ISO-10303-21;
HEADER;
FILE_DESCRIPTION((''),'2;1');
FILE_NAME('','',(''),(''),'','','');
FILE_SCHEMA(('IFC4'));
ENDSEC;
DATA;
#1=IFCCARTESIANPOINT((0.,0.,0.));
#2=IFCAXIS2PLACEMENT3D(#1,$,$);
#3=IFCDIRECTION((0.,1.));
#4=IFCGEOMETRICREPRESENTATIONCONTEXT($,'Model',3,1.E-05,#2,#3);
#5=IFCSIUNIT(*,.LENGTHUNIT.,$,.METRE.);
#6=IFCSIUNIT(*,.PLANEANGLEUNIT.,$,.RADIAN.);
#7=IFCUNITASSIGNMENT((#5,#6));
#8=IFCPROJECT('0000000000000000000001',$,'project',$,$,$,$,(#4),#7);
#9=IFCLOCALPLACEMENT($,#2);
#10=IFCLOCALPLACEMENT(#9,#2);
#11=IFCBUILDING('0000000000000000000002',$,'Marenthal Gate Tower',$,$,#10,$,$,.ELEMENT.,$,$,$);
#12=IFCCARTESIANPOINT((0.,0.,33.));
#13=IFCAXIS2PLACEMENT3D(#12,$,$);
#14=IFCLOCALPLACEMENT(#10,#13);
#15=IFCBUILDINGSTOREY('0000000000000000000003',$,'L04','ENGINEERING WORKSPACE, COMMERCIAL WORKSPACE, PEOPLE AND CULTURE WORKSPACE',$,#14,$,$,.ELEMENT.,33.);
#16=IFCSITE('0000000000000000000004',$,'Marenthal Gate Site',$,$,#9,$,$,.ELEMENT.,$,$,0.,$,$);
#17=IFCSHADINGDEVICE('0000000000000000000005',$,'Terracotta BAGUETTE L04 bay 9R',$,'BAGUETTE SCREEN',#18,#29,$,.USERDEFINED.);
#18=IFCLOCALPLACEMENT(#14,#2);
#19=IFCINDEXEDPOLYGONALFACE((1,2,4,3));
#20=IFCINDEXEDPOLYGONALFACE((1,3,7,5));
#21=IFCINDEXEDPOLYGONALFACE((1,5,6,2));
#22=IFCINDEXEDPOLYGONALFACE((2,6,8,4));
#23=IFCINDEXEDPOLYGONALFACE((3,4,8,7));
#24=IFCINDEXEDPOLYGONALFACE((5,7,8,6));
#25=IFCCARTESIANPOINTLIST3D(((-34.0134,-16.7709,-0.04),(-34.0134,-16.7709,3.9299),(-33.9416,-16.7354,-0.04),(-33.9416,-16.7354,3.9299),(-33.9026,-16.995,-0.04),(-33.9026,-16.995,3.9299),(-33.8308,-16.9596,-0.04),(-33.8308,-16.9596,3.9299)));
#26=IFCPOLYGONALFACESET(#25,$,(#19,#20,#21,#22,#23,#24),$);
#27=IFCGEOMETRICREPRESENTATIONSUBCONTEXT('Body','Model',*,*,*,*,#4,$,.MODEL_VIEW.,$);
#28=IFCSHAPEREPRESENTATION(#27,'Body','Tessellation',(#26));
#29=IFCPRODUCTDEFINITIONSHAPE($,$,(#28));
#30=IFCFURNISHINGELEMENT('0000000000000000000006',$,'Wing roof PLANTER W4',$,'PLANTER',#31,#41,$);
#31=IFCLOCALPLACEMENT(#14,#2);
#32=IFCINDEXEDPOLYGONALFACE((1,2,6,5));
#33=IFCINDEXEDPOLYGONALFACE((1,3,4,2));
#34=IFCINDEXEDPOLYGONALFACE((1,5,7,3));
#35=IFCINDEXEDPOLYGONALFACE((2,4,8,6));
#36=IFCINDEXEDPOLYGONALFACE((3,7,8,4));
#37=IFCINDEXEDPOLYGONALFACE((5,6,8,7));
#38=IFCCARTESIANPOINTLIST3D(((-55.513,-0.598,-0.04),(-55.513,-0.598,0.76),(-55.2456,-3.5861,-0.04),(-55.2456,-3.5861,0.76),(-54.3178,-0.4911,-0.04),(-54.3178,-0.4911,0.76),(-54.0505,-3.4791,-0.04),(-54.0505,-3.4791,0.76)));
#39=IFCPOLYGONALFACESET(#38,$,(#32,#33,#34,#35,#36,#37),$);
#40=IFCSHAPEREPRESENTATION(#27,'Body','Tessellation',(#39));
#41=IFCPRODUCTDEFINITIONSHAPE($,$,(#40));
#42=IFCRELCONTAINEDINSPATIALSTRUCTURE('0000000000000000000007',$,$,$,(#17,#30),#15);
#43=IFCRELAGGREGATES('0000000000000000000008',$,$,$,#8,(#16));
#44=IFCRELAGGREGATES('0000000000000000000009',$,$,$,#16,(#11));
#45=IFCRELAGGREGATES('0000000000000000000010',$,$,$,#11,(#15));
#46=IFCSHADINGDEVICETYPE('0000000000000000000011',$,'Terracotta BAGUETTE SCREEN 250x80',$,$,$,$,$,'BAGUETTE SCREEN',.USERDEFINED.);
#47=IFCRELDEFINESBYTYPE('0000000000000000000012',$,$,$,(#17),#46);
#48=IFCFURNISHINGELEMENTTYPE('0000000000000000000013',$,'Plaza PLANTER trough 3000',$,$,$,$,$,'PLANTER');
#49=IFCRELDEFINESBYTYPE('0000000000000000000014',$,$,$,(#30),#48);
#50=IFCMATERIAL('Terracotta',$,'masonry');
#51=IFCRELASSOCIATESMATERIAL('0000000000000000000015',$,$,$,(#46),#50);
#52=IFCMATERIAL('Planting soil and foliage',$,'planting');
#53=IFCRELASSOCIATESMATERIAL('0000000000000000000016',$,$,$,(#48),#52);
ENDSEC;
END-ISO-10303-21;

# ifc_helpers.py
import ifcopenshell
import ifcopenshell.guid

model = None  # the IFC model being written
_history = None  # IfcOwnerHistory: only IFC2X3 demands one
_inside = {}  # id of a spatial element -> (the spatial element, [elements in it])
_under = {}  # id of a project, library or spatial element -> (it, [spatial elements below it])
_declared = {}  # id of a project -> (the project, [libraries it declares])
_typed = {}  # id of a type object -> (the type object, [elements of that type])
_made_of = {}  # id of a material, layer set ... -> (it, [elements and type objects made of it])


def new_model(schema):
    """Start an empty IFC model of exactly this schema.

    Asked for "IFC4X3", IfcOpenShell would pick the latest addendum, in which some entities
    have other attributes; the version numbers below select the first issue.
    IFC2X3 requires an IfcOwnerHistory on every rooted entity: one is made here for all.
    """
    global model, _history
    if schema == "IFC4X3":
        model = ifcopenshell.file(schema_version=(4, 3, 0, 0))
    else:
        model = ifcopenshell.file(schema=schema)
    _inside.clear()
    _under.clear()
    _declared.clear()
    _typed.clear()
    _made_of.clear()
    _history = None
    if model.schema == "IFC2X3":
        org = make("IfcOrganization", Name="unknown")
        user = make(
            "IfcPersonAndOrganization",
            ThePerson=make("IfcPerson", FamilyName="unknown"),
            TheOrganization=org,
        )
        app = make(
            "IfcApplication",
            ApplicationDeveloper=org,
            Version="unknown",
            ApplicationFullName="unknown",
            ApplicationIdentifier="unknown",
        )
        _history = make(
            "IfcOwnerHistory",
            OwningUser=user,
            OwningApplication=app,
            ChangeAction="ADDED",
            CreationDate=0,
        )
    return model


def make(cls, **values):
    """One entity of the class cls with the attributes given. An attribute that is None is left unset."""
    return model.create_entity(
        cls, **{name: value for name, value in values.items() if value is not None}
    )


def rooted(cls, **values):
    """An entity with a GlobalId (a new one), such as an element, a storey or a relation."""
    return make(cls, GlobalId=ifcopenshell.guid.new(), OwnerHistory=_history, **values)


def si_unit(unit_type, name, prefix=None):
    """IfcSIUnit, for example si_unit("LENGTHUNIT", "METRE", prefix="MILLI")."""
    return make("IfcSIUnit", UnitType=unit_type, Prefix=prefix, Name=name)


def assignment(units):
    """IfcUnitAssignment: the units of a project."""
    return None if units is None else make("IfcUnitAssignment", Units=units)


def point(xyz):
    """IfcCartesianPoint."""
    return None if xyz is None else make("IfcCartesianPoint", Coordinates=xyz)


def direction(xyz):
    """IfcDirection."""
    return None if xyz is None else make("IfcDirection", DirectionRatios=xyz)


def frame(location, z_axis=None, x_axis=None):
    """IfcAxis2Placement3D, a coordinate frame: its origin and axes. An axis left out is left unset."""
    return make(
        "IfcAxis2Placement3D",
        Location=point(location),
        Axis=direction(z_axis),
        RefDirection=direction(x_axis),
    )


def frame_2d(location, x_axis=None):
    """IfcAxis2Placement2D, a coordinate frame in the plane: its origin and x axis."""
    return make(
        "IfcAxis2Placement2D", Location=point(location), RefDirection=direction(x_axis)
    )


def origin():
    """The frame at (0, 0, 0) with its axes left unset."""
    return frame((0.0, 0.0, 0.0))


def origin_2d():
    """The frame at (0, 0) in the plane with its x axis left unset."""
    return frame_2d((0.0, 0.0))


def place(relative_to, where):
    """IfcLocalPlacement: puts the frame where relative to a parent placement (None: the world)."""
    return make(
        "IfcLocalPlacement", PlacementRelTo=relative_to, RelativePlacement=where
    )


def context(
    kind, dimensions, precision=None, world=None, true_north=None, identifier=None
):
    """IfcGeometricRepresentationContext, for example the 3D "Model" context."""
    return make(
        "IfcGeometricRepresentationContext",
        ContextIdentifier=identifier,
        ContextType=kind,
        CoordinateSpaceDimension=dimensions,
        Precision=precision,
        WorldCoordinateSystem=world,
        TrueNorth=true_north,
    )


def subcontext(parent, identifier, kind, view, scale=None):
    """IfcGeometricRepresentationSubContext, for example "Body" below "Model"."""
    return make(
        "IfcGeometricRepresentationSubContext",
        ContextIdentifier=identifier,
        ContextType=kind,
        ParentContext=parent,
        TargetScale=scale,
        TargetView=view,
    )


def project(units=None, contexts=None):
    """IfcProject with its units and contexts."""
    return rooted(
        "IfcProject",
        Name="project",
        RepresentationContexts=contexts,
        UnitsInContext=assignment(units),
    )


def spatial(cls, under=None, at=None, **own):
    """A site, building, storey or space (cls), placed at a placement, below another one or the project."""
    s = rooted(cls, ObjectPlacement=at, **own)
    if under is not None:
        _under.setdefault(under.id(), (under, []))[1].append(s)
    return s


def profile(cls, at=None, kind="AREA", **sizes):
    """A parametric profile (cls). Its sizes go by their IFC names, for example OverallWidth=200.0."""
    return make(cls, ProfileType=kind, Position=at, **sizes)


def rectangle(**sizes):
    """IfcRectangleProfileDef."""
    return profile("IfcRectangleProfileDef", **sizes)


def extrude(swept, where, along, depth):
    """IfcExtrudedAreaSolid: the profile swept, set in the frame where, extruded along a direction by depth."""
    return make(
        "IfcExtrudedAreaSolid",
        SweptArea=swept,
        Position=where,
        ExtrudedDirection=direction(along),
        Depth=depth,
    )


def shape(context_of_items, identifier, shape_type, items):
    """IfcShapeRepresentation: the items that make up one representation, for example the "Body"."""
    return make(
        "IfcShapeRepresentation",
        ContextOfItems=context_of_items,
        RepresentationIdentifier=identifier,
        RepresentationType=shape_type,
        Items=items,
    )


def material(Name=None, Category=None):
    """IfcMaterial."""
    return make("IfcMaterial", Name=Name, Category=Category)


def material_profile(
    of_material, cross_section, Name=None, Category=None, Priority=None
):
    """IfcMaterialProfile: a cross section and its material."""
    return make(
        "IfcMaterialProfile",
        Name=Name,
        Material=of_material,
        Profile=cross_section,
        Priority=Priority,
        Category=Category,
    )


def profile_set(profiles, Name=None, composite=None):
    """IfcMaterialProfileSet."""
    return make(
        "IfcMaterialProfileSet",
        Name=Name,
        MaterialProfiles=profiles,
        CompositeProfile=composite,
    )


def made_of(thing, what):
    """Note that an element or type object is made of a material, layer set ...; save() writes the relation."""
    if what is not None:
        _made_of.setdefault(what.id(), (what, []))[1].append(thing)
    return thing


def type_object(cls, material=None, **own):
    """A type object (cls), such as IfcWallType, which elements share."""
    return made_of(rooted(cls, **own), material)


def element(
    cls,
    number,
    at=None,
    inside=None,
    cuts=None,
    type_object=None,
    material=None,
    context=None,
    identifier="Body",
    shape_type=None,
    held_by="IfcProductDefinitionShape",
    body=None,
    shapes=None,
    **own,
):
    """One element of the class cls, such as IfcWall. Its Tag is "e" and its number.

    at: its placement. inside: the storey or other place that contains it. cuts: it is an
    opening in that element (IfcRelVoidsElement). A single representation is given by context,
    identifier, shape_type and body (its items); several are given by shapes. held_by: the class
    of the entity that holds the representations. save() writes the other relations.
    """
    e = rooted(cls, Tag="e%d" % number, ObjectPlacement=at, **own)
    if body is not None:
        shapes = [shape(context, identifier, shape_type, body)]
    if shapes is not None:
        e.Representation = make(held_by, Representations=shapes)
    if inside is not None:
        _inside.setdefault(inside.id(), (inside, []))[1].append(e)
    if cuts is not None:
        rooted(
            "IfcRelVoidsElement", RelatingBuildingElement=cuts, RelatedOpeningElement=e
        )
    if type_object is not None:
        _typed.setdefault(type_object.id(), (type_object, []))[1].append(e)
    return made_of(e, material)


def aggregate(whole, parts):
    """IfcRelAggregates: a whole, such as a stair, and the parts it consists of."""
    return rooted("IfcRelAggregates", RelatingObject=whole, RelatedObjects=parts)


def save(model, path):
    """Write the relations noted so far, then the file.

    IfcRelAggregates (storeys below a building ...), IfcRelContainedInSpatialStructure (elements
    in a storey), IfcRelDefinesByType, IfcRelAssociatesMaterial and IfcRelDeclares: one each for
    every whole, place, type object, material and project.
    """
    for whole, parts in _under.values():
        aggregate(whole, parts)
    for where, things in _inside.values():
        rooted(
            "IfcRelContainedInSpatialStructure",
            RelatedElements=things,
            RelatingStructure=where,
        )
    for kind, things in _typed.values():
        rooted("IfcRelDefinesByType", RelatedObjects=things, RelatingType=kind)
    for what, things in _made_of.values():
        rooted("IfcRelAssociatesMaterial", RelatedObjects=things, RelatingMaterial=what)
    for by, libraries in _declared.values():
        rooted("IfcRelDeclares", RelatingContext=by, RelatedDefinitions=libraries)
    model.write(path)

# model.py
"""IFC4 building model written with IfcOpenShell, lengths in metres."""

from ifc_helpers import new_model, si_unit, direction, frame, origin, origin_2d, place, context, subcontext, project, spatial, rectangle, extrude, material, material_profile, profile_set, type_object, element, save


model = new_model("IFC4")

# Units and contexts
model_context = context("Model", 3, precision=1e-05, world=origin(), true_north=direction((0.0, 1.0)))
body_context = subcontext(model_context, "Body", "Model", "MODEL_VIEW")
ifc_project = project(units=[si_unit("LENGTHUNIT", "METRE"), si_unit("PLANEANGLEUNIT", "RADIAN")], contexts=[model_context])

# Site, building, storey
site_placement = place(None, origin())
site = spatial("IfcSite", under=ifc_project, at=site_placement, Name="Marenthal Gate Site", CompositionType="ELEMENT", RefElevation=0.0)
building_placement = place(site_placement, origin())
building = spatial("IfcBuilding", under=site, at=building_placement, Name="Marenthal Gate Tower", CompositionType="ELEMENT")
storey_placement = place(building_placement, frame((0.0, 0.0, 33.0)))
storey = spatial("IfcBuildingStorey", under=building, at=storey_placement, Name="L04", Description="ENGINEERING WORKSPACE, COMMERCIAL WORKSPACE, PEOPLE AND CULTURE WORKSPACE", CompositionType="ELEMENT", Elevation=33.0)

# Shading device
ifc_material_1 = material(Name="Terracotta", Category="masonry")
ifc_material_profile_1 = material_profile(ifc_material_1, rectangle(XDim=0.25, YDim=0.0801, at=origin_2d()), Name="Terracotta baguette 250x80")
ifc_profile_set_1 = profile_set([ifc_material_profile_1], Name="Terracotta")
shading_device_type = type_object("IfcShadingDeviceType", Name="Terracotta BAGUETTE SCREEN 250x80", ElementType="BAGUETTE SCREEN", PredefinedType="USERDEFINED", material=ifc_profile_set_1)
shading_device_placement = place(storey_placement, frame((-33.9221, -16.8652, -0.04), z_axis=(0.0, 0.0, 1.0), x_axis=(0.44312, -0.896462, 0.0)))
element("IfcShadingDevice", 1, at=shading_device_placement, inside=storey, type_object=shading_device_type, Name="Terracotta BAGUETTE L04 bay 9R", ObjectType="BAGUETTE SCREEN", PredefinedType="USERDEFINED", context=body_context, shape_type="SweptSolid", body=[
    extrude(rectangle(XDim=0.25, YDim=0.0801, at=origin_2d()), origin(), (0.0, 0.0, 1.0), 3.97),
])

# Furnishing element
ifc_material_2 = material(Name="Planting soil and foliage", Category="planting")
furnishing_element_type = type_object("IfcFurnishingElementType", Name="Plaza PLANTER trough 3000", ElementType="PLANTER", material=ifc_material_2)
furnishing_placement = place(storey_placement, frame((-54.7817, -2.0386, -0.04), z_axis=(0.0, 0.0, 1.0), x_axis=(-0.089123, 0.996021, 0.0)))
element("IfcFurnishingElement", 2, at=furnishing_placement, inside=storey, type_object=furnishing_element_type, Name="Wing roof PLANTER W4", ObjectType="PLANTER", context=body_context, shape_type="SweptSolid", body=[
    extrude(rectangle(XDim=3.0, YDim=1.2, at=origin_2d()), origin(), (0.0, 0.0, 1.0), 0.8),
])

save(model, "model.ifc")
